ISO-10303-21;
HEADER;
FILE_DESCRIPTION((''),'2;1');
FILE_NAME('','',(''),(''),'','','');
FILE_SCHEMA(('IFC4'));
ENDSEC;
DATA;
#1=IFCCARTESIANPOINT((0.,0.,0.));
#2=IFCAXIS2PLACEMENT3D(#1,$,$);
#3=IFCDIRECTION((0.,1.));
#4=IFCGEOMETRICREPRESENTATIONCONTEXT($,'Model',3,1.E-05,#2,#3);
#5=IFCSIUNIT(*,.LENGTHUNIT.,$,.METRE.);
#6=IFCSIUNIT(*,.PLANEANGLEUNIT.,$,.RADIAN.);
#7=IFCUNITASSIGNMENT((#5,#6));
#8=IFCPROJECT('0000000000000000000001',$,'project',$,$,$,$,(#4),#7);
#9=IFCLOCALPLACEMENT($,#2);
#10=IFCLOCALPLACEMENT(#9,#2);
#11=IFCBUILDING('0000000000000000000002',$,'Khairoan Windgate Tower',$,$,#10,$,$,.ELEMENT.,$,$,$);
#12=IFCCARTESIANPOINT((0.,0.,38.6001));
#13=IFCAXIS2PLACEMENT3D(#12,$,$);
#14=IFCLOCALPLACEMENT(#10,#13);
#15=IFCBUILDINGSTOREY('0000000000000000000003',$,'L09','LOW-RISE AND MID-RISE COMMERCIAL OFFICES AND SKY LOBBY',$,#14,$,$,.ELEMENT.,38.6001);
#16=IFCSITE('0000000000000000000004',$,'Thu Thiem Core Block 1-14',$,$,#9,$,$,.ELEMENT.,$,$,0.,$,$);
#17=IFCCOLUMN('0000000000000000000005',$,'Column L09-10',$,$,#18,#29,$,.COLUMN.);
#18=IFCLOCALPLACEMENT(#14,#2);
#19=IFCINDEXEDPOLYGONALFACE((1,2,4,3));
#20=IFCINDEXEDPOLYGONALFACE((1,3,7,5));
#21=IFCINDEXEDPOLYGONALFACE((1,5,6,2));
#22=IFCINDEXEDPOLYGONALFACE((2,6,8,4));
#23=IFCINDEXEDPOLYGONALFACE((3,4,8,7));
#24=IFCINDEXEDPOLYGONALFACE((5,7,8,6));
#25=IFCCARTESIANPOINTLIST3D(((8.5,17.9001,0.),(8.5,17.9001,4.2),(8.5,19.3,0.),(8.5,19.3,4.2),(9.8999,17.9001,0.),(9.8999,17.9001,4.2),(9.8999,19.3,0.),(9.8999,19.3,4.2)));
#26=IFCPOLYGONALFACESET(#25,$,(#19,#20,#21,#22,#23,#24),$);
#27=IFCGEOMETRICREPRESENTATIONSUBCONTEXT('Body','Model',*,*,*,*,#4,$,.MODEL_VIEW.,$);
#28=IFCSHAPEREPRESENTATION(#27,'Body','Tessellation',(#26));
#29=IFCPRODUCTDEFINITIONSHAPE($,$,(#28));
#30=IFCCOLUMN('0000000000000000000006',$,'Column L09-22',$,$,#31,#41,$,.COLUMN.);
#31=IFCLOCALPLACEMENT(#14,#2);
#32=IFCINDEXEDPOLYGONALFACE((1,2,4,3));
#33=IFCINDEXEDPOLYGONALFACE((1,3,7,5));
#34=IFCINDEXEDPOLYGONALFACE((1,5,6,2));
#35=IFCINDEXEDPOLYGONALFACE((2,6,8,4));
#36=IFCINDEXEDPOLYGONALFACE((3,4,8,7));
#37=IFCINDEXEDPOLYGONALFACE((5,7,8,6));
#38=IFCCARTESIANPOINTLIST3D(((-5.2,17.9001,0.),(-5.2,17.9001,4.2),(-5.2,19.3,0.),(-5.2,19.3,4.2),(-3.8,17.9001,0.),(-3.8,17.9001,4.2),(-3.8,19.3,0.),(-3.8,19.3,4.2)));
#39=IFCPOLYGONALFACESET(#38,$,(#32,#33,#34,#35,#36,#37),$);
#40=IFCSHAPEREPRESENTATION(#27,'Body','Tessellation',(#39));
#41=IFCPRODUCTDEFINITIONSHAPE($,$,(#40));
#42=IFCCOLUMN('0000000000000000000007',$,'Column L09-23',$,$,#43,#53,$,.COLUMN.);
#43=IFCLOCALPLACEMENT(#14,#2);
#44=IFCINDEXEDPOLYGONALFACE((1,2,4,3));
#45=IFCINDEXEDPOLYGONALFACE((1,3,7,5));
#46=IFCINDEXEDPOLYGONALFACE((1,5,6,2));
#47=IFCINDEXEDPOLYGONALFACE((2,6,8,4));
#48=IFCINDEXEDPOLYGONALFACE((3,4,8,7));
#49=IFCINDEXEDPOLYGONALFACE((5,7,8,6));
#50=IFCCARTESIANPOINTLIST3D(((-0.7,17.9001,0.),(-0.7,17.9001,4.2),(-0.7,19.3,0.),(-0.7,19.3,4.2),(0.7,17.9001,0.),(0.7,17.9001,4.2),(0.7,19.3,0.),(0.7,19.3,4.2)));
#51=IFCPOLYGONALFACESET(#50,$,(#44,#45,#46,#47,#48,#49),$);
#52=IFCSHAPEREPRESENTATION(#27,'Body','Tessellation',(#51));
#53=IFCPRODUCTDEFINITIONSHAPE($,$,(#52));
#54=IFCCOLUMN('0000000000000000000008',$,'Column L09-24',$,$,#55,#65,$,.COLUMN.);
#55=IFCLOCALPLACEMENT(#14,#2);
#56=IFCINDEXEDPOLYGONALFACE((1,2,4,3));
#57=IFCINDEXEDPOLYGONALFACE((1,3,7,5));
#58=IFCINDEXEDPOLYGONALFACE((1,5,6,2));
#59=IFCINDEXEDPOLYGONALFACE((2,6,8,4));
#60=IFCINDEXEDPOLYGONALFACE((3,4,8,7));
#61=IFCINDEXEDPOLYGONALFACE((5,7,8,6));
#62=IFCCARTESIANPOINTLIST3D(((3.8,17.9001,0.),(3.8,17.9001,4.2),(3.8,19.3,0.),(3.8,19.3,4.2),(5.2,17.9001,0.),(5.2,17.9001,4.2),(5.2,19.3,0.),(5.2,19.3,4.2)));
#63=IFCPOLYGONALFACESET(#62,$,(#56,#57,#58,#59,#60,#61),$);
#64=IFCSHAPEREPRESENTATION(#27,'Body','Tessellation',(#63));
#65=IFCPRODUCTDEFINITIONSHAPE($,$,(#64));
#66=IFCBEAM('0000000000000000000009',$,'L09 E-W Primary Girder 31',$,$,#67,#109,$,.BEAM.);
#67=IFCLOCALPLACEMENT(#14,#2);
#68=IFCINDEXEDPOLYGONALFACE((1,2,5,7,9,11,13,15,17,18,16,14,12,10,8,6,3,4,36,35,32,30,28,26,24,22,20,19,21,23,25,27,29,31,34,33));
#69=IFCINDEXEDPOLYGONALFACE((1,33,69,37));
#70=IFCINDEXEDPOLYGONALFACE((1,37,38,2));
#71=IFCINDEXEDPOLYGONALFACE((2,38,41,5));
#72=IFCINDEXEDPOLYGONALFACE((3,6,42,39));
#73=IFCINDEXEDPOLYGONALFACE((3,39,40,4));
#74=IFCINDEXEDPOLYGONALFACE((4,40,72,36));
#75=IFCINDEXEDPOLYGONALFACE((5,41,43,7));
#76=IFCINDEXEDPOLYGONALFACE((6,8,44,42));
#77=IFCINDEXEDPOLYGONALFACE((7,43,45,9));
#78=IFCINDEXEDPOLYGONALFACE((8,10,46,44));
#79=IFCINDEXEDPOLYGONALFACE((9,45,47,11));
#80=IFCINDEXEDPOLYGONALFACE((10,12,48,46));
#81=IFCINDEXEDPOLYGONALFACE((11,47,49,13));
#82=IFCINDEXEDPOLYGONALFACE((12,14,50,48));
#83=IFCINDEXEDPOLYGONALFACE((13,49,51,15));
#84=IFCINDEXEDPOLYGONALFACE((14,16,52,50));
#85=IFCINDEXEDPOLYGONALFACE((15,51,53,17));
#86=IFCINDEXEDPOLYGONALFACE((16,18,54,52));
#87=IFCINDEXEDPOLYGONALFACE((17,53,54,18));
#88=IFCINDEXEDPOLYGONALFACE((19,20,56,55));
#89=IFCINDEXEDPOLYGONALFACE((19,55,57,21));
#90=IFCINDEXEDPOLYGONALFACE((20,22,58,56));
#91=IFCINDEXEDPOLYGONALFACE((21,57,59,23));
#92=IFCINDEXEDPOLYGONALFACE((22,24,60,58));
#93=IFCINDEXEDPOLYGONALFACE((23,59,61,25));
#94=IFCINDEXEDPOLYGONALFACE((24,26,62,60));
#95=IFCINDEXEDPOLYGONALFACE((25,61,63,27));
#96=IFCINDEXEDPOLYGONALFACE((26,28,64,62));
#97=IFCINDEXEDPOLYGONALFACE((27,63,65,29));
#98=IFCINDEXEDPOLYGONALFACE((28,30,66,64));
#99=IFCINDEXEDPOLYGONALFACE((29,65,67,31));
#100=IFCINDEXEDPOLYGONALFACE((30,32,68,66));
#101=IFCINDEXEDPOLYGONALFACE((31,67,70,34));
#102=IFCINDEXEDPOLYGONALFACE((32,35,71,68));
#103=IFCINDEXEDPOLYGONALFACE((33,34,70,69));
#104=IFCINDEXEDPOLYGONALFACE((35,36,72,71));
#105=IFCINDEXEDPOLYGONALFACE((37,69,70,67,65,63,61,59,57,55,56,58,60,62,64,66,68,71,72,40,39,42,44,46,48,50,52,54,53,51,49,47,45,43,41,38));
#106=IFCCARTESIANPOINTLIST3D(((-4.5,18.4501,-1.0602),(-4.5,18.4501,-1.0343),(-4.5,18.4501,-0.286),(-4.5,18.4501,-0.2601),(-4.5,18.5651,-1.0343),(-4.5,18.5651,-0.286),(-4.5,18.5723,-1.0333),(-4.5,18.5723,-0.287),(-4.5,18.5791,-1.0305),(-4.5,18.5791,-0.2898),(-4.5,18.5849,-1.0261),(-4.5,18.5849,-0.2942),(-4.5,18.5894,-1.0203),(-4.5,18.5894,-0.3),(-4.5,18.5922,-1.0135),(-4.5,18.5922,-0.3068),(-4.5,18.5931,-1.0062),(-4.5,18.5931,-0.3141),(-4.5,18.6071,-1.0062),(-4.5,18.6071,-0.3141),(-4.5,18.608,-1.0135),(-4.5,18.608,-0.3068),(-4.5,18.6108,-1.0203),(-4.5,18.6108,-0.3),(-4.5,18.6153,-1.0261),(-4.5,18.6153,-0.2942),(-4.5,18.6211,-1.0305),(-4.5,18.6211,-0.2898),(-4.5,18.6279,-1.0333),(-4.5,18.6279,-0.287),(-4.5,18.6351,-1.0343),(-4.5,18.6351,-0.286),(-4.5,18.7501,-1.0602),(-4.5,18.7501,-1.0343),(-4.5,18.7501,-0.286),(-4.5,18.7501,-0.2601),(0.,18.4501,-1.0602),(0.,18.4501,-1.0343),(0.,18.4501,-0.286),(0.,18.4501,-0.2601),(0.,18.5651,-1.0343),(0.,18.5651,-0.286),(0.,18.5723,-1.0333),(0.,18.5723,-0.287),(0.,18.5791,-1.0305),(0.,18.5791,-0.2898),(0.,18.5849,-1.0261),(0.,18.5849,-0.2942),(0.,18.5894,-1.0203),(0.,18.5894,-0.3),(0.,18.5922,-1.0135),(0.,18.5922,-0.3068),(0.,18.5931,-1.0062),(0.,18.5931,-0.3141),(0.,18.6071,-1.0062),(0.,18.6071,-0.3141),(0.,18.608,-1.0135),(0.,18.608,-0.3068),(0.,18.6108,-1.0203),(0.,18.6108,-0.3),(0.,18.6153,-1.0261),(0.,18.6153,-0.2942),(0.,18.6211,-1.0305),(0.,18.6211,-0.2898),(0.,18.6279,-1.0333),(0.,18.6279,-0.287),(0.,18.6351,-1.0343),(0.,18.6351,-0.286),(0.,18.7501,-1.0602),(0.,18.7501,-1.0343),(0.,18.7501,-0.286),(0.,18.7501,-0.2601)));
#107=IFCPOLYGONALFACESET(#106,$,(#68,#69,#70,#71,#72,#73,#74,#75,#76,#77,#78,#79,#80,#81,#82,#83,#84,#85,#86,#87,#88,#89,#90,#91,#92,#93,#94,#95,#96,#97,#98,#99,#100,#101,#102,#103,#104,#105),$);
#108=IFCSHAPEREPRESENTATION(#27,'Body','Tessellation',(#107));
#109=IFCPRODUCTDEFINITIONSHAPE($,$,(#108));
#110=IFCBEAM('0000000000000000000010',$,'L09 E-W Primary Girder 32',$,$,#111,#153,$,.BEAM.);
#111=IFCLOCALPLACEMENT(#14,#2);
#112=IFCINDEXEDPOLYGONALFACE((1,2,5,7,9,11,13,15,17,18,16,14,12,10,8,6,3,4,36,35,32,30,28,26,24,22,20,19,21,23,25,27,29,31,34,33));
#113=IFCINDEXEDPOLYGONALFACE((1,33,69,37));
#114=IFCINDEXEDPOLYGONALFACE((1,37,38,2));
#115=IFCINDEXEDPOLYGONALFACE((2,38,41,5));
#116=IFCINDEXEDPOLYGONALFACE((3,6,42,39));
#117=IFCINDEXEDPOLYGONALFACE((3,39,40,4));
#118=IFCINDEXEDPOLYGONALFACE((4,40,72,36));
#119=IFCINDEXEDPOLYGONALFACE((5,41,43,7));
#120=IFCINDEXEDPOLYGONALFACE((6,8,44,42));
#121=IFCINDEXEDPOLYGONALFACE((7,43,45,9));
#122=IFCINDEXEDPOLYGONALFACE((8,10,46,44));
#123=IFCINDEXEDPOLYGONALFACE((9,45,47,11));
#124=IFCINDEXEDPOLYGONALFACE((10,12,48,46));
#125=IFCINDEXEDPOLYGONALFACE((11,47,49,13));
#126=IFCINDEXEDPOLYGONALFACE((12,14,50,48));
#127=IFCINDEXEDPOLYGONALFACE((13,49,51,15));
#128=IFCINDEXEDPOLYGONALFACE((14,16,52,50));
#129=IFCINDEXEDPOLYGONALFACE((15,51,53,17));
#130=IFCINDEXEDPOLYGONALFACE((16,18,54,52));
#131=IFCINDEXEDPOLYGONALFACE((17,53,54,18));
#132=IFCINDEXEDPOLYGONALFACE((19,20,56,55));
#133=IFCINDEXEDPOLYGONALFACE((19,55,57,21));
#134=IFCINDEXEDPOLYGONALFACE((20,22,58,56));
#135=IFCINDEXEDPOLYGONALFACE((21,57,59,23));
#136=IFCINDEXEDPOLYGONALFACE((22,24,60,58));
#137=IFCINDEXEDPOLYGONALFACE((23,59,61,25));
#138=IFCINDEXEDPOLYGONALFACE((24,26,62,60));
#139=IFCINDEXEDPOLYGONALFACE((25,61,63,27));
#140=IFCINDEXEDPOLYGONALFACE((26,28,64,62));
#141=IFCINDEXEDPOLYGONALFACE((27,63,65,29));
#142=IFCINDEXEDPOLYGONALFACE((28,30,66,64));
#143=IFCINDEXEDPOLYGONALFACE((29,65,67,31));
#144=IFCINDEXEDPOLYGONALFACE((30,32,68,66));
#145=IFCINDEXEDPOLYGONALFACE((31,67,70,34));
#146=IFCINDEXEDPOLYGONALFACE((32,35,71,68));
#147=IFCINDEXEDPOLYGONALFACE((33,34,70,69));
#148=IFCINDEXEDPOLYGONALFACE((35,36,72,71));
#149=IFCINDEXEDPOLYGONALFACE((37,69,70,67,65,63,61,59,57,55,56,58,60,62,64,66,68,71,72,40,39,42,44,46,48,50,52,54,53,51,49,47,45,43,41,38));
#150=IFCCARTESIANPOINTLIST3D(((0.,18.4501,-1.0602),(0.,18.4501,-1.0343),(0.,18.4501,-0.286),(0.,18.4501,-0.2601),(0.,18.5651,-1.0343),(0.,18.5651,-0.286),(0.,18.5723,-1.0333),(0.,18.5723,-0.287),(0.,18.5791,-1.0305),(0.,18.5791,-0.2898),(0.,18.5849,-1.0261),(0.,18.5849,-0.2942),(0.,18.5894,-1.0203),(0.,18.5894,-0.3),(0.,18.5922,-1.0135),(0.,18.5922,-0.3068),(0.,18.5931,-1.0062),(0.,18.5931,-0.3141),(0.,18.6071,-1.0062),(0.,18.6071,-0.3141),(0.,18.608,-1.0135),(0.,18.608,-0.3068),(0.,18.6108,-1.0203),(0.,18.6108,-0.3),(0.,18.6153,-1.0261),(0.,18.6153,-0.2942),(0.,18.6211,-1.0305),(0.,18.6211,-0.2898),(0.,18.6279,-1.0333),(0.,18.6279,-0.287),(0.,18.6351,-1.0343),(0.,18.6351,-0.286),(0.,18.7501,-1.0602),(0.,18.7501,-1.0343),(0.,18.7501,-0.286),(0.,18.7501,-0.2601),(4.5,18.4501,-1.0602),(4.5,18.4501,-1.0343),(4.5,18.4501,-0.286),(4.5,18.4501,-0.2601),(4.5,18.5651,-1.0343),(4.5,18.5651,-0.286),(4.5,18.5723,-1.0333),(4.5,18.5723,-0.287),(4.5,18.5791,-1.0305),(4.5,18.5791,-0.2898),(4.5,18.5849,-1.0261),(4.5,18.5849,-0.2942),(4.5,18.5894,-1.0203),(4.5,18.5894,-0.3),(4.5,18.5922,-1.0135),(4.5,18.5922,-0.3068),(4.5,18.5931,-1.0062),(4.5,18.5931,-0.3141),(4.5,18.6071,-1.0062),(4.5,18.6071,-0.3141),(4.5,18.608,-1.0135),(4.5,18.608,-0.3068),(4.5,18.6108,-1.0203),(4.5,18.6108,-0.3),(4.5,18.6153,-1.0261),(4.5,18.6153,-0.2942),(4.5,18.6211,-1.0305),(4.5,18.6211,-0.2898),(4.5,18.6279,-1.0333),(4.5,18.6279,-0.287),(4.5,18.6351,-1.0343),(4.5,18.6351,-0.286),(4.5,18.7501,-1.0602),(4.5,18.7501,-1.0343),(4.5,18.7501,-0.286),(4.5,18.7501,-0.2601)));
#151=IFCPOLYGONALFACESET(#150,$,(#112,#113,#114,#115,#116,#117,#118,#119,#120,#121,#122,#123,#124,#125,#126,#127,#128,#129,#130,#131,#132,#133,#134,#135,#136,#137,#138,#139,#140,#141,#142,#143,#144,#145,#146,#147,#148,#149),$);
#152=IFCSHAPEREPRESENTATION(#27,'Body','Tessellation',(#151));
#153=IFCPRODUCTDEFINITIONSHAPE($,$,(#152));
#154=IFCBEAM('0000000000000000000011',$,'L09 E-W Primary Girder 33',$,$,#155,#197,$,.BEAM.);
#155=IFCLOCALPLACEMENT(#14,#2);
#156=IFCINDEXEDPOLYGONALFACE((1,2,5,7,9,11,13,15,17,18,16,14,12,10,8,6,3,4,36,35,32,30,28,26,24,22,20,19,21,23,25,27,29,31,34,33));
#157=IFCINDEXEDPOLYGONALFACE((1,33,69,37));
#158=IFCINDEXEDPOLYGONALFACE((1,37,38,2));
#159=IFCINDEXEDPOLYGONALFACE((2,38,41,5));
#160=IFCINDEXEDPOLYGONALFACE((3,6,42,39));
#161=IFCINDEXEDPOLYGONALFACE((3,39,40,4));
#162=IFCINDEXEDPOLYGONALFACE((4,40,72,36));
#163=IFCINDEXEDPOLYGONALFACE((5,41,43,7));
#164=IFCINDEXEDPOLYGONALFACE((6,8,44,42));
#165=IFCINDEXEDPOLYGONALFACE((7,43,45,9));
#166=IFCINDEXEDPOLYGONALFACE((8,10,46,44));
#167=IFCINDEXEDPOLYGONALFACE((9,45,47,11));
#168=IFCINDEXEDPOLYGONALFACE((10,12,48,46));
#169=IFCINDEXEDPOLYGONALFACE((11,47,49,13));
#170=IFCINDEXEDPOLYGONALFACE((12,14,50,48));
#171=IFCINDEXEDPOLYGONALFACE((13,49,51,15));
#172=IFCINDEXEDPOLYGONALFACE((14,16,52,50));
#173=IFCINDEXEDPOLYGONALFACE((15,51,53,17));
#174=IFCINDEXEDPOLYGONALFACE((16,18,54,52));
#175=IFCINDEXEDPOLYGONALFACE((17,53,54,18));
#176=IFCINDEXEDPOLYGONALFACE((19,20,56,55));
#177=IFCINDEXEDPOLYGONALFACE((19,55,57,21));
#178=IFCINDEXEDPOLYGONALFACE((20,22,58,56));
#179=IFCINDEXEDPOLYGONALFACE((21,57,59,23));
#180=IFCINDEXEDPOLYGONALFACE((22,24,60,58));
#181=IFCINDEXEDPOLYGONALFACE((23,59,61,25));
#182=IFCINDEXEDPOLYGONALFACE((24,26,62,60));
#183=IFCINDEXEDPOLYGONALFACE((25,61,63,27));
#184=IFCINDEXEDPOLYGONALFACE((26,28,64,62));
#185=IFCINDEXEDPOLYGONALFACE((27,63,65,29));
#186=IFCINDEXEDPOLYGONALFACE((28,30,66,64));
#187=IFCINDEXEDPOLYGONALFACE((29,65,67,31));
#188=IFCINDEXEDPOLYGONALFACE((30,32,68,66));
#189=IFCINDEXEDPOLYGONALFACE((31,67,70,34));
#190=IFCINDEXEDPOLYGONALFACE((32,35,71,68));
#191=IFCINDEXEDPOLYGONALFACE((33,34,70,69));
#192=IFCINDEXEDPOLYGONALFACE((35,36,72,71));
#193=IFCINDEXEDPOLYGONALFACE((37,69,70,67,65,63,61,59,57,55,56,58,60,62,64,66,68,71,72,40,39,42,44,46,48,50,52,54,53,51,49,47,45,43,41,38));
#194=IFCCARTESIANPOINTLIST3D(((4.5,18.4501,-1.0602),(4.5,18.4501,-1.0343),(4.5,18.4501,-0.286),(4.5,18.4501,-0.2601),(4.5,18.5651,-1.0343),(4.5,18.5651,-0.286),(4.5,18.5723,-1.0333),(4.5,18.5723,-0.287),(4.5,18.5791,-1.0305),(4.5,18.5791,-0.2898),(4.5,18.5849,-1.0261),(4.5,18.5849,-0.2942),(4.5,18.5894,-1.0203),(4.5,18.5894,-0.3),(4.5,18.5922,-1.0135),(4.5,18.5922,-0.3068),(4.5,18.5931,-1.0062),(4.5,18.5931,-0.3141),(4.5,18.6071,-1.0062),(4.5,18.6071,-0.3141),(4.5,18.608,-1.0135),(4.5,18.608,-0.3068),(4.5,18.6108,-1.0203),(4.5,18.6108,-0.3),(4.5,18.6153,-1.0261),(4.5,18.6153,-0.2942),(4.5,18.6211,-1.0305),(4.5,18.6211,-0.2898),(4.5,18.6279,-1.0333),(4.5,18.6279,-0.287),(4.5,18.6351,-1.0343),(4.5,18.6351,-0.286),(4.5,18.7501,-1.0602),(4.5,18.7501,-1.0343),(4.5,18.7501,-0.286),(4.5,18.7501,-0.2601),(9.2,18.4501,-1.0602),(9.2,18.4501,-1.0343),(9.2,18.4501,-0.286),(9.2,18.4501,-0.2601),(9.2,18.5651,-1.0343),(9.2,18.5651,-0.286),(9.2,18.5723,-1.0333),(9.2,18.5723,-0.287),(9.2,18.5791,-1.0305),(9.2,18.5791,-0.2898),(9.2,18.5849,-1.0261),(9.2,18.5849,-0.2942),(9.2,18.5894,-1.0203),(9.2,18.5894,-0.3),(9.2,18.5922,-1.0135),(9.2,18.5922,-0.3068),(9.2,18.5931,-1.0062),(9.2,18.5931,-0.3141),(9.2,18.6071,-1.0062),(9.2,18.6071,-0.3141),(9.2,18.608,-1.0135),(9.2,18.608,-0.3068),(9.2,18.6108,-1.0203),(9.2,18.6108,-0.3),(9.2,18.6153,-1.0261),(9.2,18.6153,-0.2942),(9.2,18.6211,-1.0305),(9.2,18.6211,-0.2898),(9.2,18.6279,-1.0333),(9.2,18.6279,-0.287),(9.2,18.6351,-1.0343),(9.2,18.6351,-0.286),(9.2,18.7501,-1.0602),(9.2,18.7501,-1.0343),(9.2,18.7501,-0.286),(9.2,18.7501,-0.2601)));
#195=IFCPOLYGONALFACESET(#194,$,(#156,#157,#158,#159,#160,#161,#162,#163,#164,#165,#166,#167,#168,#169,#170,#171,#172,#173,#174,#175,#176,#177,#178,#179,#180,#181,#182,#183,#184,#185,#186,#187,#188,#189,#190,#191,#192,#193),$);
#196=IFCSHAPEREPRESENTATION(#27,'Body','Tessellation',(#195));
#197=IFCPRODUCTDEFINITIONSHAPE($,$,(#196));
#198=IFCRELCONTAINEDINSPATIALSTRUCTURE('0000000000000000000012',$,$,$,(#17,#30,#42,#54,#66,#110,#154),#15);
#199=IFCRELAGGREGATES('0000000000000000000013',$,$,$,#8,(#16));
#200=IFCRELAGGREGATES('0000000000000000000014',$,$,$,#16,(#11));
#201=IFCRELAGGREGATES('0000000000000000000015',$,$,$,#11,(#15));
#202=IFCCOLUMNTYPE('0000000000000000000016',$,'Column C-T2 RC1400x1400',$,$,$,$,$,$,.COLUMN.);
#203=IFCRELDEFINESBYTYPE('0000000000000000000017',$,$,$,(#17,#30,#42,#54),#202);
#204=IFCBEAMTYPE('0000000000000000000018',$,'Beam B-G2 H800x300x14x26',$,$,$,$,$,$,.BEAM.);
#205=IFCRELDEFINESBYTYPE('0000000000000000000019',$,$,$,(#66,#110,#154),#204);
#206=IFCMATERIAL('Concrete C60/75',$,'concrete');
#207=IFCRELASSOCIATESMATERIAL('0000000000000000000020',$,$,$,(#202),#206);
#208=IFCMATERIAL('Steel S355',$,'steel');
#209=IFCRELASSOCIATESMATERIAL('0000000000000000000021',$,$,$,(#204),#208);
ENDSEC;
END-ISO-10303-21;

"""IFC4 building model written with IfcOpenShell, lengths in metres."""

from ifc_helpers import new_model, si_unit, direction, frame, origin, origin_2d, place, context, subcontext, project, spatial, rectangle, i_section, extrude, material, material_profile, profile_set, type_object, element, save


model = new_model("IFC4")

# Units and contexts
model_context = context("Model", 3, precision=1e-05, world=origin(), true_north=direction((0.0, 1.0)))
body_context = subcontext(model_context, "Body", "Model", "MODEL_VIEW")
ifc_project = project(units=[si_unit("LENGTHUNIT", "METRE"), si_unit("PLANEANGLEUNIT", "RADIAN")], contexts=[model_context])

# Site, building, storey
site_placement = place(None, origin())
site = spatial("IfcSite", under=ifc_project, at=site_placement, Name="Thu Thiem Core Block 1-14", CompositionType="ELEMENT", RefElevation=0.0)
building_placement = place(site_placement, origin())
building = spatial("IfcBuilding", under=site, at=building_placement, Name="Khairoan Windgate Tower", CompositionType="ELEMENT")
storey_placement = place(building_placement, frame((0.0, 0.0, 38.6001)))
storey = spatial("IfcBuildingStorey", under=building, at=storey_placement, Name="L09", Description="LOW-RISE AND MID-RISE COMMERCIAL OFFICES AND SKY LOBBY", CompositionType="ELEMENT", Elevation=38.6001)

# Columns
ifc_material_1 = material(Name="Concrete C60/75", Category="concrete")
ifc_material_profile_1 = material_profile(ifc_material_1, rectangle(XDim=1.3999, YDim=1.3999, at=origin_2d()))
ifc_profile_set_1 = profile_set([ifc_material_profile_1], Name="Concrete C60/75")
column_type = type_object("IfcColumnType", Name="Column C-T2 RC1400x1400", PredefinedType="COLUMN", material=ifc_profile_set_1)
for number, where, z_axis, x_axis, name in (
    (1, (9.2, 18.6001, 0.0), (0.0, 0.0, 1.0), (1.0, 0.0, 0.0), "Column L09-10"),
    (2, (-4.5, 18.6001, 0.0), (0.0, 0.0, 1.0), (1.0, 0.0, 0.0), "Column L09-22"),
    (3, (0.0, 18.6001, 0.0), (0.0, 0.0, 1.0), (1.0, 0.0, 0.0), "Column L09-23"),
    (4, (4.5, 18.6001, 0.0), (0.0, 0.0, 1.0), (1.0, 0.0, 0.0), "Column L09-24"),
):
    element("IfcColumn", number, at=place(storey_placement, frame(where, z_axis=z_axis, x_axis=x_axis)), inside=storey, type_object=column_type, Name=name, PredefinedType="COLUMN", context=body_context, shape_type="SweptSolid", body=[
        extrude(rectangle(XDim=1.3999, YDim=1.3999, at=origin_2d()), origin(), (0.0, 0.0, 1.0), 4.2),
    ])

# Beams
ifc_material_2 = material(Name="Steel S355", Category="steel")
ifc_material_profile_2 = material_profile(ifc_material_2, i_section(OverallWidth=0.3, OverallDepth=0.8, WebThickness=0.0139, FlangeThickness=0.0259, FilletRadius=0.0281, at=origin_2d()))
ifc_profile_set_2 = profile_set([ifc_material_profile_2], Name="Steel S355")
beam_type_1 = type_object("IfcBeamType", Name="Beam B-G2 H800x300x14x26", PredefinedType="BEAM", material=ifc_profile_set_2)
for number, where, z_axis, x_axis, name in (
    (5, (-4.5, 18.6001, -0.6602), (1.0, 0.0, 0.0), (0.0, 1.0, 0.0), "L09 E-W Primary Girder 31"),
    (6, (0.0, 18.6001, -0.6602), (1.0, 0.0, 0.0), (0.0, 1.0, 0.0), "L09 E-W Primary Girder 32"),
):
    element("IfcBeam", number, at=place(storey_placement, frame(where, z_axis=z_axis, x_axis=x_axis)), inside=storey, type_object=beam_type_1, Name=name, PredefinedType="BEAM", context=body_context, shape_type="SweptSolid", body=[
        extrude(i_section(OverallWidth=0.3, OverallDepth=0.8, WebThickness=0.0139, FlangeThickness=0.0259, FilletRadius=0.0281, at=origin_2d()), origin(), (0.0, 0.0, 1.0), 4.5),
    ])
beam_placement = place(storey_placement, frame((4.5, 18.6001, -0.6602), z_axis=(1.0, 0.0, 0.0), x_axis=(0.0, 1.0, 0.0)))
element("IfcBeam", 7, at=beam_placement, inside=storey, type_object=beam_type_1, Name="L09 E-W Primary Girder 33", PredefinedType="BEAM", context=body_context, shape_type="SweptSolid", body=[
    extrude(i_section(OverallWidth=0.3, OverallDepth=0.8, WebThickness=0.0139, FlangeThickness=0.0259, FilletRadius=0.0281, at=origin_2d()), origin(), (0.0, 0.0, 1.0), 4.7),
])

save(model, "model.ifc")
